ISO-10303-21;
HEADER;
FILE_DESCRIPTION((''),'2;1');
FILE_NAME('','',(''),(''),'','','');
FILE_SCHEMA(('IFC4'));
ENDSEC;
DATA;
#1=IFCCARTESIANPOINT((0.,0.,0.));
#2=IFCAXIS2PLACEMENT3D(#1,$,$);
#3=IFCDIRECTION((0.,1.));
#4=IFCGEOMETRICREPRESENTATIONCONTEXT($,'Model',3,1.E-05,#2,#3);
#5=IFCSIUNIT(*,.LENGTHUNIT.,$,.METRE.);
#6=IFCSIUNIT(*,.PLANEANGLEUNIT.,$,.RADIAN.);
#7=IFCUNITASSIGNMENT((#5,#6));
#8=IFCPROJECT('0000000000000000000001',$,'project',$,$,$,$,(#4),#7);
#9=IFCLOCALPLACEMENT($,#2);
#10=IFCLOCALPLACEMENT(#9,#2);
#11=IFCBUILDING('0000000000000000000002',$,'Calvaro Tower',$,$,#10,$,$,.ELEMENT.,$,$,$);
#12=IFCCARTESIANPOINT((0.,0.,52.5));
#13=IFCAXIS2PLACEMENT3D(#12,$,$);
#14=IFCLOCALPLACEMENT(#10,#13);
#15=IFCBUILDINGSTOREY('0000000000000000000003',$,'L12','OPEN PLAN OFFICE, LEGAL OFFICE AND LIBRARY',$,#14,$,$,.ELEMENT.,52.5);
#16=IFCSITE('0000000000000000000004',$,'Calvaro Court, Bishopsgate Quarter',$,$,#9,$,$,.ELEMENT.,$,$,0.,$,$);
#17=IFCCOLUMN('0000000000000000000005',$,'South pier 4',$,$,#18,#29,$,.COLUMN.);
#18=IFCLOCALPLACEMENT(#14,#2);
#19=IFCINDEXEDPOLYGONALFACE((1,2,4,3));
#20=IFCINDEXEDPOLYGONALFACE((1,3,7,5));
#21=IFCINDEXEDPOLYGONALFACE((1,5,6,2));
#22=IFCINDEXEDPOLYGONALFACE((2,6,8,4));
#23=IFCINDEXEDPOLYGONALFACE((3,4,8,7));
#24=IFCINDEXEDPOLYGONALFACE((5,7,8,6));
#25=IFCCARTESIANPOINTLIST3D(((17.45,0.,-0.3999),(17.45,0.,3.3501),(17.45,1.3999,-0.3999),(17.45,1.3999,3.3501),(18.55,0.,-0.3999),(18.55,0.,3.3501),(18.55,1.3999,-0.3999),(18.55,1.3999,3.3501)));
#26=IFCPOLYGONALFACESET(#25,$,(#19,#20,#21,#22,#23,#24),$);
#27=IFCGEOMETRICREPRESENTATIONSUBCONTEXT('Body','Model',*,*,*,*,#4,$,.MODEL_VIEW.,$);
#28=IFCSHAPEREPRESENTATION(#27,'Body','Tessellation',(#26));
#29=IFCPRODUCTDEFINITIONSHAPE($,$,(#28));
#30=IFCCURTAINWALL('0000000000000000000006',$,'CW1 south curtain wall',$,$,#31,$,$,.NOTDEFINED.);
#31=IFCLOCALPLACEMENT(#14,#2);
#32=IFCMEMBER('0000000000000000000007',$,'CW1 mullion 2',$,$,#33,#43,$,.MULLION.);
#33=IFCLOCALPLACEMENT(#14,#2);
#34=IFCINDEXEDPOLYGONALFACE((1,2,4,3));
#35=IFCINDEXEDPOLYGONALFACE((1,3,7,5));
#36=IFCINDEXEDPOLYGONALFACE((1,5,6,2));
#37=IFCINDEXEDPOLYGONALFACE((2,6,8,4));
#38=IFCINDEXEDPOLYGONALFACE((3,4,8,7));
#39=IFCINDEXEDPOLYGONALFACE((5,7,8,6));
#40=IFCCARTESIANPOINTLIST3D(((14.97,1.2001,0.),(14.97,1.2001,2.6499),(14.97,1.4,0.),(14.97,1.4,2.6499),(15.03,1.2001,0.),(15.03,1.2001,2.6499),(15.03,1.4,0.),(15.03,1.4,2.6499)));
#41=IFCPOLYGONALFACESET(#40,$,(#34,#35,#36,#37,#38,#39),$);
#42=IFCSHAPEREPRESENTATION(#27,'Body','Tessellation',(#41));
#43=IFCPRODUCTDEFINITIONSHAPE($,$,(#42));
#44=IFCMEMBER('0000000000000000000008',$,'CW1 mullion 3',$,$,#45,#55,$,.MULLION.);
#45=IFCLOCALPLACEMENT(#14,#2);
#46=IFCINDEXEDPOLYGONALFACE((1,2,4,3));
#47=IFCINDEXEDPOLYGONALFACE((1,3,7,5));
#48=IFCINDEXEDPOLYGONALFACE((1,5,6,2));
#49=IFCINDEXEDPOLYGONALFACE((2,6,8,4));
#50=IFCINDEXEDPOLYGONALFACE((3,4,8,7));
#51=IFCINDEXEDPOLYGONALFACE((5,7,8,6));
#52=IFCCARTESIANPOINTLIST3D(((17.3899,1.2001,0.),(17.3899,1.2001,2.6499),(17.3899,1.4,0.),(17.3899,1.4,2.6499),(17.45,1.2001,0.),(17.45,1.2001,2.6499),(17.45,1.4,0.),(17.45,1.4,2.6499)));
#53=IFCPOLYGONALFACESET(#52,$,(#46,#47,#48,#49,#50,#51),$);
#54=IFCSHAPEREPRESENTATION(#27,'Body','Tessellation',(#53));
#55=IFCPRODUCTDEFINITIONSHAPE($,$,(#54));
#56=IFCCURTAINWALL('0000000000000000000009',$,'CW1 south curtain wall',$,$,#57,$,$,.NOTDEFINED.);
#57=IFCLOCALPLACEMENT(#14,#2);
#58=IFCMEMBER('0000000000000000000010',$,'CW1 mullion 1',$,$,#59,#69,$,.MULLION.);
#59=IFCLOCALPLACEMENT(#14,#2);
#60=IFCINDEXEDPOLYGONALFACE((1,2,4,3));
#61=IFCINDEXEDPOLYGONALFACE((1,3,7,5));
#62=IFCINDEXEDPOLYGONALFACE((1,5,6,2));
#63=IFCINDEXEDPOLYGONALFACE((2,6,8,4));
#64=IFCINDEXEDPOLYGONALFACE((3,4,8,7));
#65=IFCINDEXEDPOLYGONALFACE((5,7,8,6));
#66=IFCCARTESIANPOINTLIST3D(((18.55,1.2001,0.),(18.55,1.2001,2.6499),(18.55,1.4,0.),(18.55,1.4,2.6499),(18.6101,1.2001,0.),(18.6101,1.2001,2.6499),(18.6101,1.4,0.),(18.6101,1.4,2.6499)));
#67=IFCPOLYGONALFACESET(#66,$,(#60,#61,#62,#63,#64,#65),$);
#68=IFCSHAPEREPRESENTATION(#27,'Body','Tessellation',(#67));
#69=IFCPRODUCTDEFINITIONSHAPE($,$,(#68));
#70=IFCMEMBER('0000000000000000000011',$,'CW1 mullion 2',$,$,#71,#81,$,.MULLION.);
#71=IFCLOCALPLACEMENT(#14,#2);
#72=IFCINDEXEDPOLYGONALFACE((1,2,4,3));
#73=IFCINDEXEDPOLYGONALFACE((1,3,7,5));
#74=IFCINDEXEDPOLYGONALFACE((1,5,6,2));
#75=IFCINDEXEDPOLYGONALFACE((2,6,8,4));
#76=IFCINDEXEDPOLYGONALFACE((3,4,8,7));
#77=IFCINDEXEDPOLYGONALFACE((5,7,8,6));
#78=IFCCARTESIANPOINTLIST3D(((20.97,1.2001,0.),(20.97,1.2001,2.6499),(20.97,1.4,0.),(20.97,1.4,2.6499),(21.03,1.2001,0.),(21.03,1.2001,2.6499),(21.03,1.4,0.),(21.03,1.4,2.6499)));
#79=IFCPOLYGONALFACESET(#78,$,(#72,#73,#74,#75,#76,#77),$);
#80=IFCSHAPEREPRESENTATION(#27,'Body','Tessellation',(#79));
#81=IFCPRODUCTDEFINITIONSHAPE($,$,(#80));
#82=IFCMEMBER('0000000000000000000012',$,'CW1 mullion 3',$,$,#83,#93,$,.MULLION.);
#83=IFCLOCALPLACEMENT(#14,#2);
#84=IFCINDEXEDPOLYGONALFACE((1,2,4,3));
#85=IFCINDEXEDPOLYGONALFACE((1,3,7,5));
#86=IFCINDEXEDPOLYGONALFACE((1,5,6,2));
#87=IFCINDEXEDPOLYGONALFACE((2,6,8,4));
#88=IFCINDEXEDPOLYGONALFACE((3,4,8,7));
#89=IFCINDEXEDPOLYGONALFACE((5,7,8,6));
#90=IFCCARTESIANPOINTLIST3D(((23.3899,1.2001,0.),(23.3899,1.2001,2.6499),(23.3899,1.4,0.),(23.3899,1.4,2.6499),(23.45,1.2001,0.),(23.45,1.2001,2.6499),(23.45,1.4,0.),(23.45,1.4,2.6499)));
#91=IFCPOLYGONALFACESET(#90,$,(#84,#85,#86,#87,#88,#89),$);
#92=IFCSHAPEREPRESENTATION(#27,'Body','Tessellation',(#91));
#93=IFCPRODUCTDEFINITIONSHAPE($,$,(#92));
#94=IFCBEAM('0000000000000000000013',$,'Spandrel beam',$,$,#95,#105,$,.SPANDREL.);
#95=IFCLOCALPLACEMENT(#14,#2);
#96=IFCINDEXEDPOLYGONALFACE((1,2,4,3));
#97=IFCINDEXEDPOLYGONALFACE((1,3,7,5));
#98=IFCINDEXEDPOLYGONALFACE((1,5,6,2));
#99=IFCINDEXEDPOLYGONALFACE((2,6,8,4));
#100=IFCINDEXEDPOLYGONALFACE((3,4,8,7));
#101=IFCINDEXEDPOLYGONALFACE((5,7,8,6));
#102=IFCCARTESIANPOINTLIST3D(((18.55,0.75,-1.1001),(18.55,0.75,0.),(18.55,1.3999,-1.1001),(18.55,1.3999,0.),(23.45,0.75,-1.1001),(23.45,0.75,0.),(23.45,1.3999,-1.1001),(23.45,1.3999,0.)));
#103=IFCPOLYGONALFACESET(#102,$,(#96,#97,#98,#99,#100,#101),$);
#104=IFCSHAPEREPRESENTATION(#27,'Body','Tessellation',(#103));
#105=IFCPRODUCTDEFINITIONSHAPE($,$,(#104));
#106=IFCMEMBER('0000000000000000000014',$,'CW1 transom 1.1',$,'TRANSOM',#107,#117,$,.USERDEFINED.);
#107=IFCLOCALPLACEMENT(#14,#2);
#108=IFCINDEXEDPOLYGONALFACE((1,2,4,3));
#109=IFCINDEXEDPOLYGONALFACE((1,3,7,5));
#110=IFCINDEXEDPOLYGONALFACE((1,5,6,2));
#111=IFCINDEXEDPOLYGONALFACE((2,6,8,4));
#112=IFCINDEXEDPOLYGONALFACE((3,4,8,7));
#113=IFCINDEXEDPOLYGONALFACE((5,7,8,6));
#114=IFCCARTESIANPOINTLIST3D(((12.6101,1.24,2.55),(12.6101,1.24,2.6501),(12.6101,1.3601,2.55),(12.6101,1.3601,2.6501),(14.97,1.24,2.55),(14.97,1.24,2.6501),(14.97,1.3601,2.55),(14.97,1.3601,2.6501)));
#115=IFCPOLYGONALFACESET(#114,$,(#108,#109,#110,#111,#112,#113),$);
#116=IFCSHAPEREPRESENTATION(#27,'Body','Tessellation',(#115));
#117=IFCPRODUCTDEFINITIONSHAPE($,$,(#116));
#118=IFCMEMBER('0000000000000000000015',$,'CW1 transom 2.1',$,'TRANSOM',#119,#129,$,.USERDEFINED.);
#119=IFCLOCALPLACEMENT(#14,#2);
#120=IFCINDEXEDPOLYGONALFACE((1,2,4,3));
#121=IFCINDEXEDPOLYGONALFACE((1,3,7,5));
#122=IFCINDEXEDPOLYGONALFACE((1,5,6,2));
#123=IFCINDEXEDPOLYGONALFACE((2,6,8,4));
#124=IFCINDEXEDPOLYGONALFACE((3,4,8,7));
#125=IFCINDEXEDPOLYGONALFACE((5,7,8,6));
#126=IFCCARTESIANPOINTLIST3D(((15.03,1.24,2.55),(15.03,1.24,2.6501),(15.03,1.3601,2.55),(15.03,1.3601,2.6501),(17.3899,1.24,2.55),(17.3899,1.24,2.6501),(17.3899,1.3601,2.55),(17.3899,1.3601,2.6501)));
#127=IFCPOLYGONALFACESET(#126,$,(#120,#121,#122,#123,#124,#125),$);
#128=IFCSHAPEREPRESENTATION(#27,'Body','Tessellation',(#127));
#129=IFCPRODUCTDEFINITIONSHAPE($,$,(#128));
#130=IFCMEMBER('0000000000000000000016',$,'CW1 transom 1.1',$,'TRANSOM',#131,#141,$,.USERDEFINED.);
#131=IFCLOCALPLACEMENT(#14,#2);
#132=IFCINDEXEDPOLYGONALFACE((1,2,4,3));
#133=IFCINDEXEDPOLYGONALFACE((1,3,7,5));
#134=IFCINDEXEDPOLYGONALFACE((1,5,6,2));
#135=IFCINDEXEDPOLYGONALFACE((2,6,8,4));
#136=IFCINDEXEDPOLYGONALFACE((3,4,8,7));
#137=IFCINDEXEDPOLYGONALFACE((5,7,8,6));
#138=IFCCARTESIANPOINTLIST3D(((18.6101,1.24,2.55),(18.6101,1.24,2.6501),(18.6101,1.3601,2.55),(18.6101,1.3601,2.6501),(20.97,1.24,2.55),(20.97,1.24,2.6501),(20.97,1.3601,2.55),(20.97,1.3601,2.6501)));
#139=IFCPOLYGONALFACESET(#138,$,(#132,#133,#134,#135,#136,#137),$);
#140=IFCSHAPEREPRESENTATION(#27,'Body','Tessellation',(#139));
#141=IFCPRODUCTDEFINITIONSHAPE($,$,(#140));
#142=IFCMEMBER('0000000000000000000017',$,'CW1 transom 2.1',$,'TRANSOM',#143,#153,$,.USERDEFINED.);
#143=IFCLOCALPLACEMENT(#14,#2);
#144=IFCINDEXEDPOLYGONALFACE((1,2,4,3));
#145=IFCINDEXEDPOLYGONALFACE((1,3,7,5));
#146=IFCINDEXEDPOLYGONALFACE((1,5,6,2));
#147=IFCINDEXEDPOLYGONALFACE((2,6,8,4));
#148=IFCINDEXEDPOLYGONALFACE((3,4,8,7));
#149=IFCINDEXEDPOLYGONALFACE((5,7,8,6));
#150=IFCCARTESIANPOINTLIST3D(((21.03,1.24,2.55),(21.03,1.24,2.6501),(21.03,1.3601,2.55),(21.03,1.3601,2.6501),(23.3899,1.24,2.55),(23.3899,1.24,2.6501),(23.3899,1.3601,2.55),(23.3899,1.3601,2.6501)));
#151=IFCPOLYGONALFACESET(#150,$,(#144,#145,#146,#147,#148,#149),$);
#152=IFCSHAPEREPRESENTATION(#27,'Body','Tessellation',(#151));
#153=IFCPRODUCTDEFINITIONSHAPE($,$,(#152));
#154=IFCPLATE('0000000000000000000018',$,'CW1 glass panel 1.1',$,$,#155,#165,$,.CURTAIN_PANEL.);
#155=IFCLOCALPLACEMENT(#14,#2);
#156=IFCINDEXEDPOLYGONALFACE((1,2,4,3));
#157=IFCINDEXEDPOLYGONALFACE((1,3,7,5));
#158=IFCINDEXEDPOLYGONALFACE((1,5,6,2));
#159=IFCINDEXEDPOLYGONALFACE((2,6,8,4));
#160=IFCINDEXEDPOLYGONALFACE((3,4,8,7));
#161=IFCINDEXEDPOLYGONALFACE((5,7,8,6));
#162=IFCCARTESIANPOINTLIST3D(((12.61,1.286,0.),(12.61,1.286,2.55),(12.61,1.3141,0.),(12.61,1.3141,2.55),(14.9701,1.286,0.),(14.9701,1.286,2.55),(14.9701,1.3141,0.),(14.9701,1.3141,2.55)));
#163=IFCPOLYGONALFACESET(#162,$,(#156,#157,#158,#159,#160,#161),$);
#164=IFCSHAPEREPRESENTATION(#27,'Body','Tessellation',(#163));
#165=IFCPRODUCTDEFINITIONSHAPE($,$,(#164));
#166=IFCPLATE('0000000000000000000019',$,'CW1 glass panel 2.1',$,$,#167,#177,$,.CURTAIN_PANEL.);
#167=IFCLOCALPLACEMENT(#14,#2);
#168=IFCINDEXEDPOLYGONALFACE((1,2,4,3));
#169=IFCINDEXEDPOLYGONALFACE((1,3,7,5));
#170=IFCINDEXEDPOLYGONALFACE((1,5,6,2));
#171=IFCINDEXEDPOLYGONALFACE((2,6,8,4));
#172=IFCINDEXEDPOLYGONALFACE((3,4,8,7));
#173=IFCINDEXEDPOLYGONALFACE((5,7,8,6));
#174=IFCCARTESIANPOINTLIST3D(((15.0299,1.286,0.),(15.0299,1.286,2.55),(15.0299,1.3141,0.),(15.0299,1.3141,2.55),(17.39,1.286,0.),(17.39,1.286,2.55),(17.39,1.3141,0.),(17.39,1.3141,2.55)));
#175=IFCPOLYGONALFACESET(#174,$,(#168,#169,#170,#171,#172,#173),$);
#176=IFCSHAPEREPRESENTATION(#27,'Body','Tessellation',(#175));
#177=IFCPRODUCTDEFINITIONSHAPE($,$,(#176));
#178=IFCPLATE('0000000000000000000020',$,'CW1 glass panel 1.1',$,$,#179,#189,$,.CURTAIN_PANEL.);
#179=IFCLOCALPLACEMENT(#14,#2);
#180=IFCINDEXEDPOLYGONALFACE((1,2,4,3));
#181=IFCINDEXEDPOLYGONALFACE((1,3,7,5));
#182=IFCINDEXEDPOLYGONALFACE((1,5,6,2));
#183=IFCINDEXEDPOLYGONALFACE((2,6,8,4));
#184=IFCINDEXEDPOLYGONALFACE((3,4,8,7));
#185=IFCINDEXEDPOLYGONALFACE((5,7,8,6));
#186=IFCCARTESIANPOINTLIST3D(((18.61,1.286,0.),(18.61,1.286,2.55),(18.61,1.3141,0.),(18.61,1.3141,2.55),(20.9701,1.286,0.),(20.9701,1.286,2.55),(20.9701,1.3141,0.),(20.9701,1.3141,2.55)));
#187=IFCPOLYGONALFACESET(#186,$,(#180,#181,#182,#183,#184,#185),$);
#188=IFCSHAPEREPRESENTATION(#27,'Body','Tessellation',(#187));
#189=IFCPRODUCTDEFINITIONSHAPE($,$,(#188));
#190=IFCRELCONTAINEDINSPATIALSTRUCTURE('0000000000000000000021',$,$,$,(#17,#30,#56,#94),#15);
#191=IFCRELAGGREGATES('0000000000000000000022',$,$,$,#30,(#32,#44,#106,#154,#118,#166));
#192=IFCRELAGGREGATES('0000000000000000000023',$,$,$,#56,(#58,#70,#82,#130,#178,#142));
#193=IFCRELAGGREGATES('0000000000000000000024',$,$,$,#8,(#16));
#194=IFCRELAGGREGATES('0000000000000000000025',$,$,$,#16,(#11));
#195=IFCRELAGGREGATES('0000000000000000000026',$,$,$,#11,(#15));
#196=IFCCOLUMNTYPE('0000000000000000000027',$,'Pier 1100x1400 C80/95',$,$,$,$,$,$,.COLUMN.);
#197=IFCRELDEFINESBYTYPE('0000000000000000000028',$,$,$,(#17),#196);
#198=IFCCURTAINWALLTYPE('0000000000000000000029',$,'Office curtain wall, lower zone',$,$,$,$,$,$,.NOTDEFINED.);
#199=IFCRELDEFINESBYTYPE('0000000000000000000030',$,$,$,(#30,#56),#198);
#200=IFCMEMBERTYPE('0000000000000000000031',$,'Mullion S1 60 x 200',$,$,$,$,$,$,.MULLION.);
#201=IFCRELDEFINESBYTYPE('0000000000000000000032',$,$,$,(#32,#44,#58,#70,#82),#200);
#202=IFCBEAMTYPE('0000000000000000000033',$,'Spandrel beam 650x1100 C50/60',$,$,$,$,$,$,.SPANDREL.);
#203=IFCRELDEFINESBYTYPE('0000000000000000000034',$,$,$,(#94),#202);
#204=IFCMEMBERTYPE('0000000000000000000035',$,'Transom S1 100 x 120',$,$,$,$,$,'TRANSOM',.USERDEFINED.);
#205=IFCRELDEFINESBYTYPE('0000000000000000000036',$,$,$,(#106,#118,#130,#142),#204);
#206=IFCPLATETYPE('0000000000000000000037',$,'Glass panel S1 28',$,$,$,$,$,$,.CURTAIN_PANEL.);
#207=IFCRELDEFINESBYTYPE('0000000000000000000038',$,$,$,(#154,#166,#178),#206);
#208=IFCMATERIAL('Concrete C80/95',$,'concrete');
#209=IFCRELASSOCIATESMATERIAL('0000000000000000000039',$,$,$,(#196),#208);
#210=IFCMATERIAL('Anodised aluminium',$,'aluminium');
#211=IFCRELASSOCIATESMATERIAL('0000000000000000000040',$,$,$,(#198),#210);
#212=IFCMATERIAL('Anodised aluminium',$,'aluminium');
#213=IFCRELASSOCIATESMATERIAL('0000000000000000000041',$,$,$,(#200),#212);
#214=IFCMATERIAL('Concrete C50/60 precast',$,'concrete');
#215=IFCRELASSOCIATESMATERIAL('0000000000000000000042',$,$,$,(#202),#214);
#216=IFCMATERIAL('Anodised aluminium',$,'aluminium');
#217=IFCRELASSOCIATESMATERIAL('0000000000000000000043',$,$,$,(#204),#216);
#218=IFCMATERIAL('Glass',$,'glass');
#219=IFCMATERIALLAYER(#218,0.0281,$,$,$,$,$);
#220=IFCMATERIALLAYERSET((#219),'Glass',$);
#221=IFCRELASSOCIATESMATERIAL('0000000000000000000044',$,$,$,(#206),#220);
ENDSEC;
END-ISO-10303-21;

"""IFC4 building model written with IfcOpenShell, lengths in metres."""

from ifc_helpers import new_model, si_unit, direction, frame, origin, origin_2d, place, context, subcontext, project, spatial, rectangle, extrude, material, layer, layer_set, material_profile, profile_set, type_object, element, aggregate, save


model = new_model("IFC4")

# Units and contexts
model_context = context("Model", 3, precision=1e-05, world=origin(), true_north=direction((0.0, 1.0)))
body_context = subcontext(model_context, "Body", "Model", "MODEL_VIEW")
ifc_project = project(units=[si_unit("LENGTHUNIT", "METRE"), si_unit("PLANEANGLEUNIT", "RADIAN")], contexts=[model_context])

# Site, building, storey
site_placement = place(None, origin())
site = spatial("IfcSite", under=ifc_project, at=site_placement, Name="Calvaro Court, Bishopsgate Quarter", CompositionType="ELEMENT", RefElevation=0.0)
building_placement = place(site_placement, origin())
building = spatial("IfcBuilding", under=site, at=building_placement, Name="Calvaro Tower", CompositionType="ELEMENT")
storey_placement = place(building_placement, frame((0.0, 0.0, 52.5)))
storey = spatial("IfcBuildingStorey", under=building, at=storey_placement, Name="L12", Description="OPEN PLAN OFFICE, LEGAL OFFICE AND LIBRARY", CompositionType="ELEMENT", Elevation=52.5)

# Column
ifc_material_1 = material(Name="Concrete C80/95", Category="concrete")
ifc_material_profile_1 = material_profile(ifc_material_1, rectangle(XDim=1.1001, YDim=1.3999, at=origin_2d()), Name="RC 1100x1400")
ifc_profile_set_1 = profile_set([ifc_material_profile_1], Name="Concrete C80/95")
column_type = type_object("IfcColumnType", Name="Pier 1100x1400 C80/95", PredefinedType="COLUMN", material=ifc_profile_set_1)
column_placement = place(storey_placement, frame((18.0, 0.7, -0.3999), z_axis=(0.0, 0.0, 1.0), x_axis=(1.0, 0.0, 0.0)))
element("IfcColumn", 1, at=column_placement, inside=storey, type_object=column_type, Name="South pier 4", PredefinedType="COLUMN", context=body_context, shape_type="SweptSolid", body=[
    extrude(rectangle(XDim=1.1001, YDim=1.3999, at=origin_2d()), origin(), (0.0, 0.0, 1.0), 3.75),
])

# Curtain walls, members
ifc_material_2 = material(Name="Anodised aluminium", Category="aluminium")
curtain_wall_type = type_object("IfcCurtainWallType", Name="Office curtain wall, lower zone", PredefinedType="NOTDEFINED", material=ifc_material_2)
curtain_wall_1_placement = place(storey_placement, origin())
curtain_wall_1 = element("IfcCurtainWall", 2, at=curtain_wall_1_placement, inside=storey, type_object=curtain_wall_type, Name="CW1 south curtain wall", PredefinedType="NOTDEFINED")
ifc_material_3 = material(Name="Anodised aluminium", Category="aluminium")
ifc_material_profile_2 = material_profile(ifc_material_3, rectangle(XDim=0.2, YDim=0.0601, at=origin_2d()), Name="Mullion S1 60 x 200")
ifc_profile_set_2 = profile_set([ifc_material_profile_2], Name="Anodised aluminium")
member_type_1 = type_object("IfcMemberType", Name="Mullion S1 60 x 200", PredefinedType="MULLION", material=ifc_profile_set_2)
member_1_placement = place(storey_placement, frame((15.0, 1.3, 0.0), z_axis=(0.0, 0.0, 1.0), x_axis=(0.0, 1.0, 0.0)))
member_1 = element("IfcMember", 3, at=member_1_placement, type_object=member_type_1, Name="CW1 mullion 2", PredefinedType="MULLION", context=body_context, shape_type="SweptSolid", body=[
    extrude(rectangle(XDim=0.2, YDim=0.0601, at=origin_2d()), origin(), (0.0, 0.0, 1.0), 2.6499),
])
member_2_placement = place(storey_placement, frame((17.4199, 1.3, 0.0), z_axis=(0.0, 0.0, 1.0), x_axis=(0.0, 1.0, 0.0)))
member_2 = element("IfcMember", 4, at=member_2_placement, type_object=member_type_1, Name="CW1 mullion 3", PredefinedType="MULLION", context=body_context, shape_type="SweptSolid", body=[
    extrude(rectangle(XDim=0.2, YDim=0.0601, at=origin_2d()), origin(), (0.0, 0.0, 1.0), 2.6499),
])
curtain_wall_2_placement = place(storey_placement, origin())
curtain_wall_2 = element("IfcCurtainWall", 5, at=curtain_wall_2_placement, inside=storey, type_object=curtain_wall_type, Name="CW1 south curtain wall", PredefinedType="NOTDEFINED")
member_3_placement = place(storey_placement, frame((18.5801, 1.3, 0.0), z_axis=(0.0, 0.0, 1.0), x_axis=(0.0, 1.0, 0.0)))
member_3 = element("IfcMember", 6, at=member_3_placement, type_object=member_type_1, Name="CW1 mullion 1", PredefinedType="MULLION", context=body_context, shape_type="SweptSolid", body=[
    extrude(rectangle(XDim=0.2, YDim=0.0601, at=origin_2d()), origin(), (0.0, 0.0, 1.0), 2.6499),
])
member_4_placement = place(storey_placement, frame((21.0, 1.3, 0.0), z_axis=(0.0, 0.0, 1.0), x_axis=(0.0, 1.0, 0.0)))
member_4 = element("IfcMember", 7, at=member_4_placement, type_object=member_type_1, Name="CW1 mullion 2", PredefinedType="MULLION", context=body_context, shape_type="SweptSolid", body=[
    extrude(rectangle(XDim=0.2, YDim=0.0601, at=origin_2d()), origin(), (0.0, 0.0, 1.0), 2.6499),
])
member_5_placement = place(storey_placement, frame((23.4199, 1.3, 0.0), z_axis=(0.0, 0.0, 1.0), x_axis=(0.0, 1.0, 0.0)))
member_5 = element("IfcMember", 8, at=member_5_placement, type_object=member_type_1, Name="CW1 mullion 3", PredefinedType="MULLION", context=body_context, shape_type="SweptSolid", body=[
    extrude(rectangle(XDim=0.2, YDim=0.0601, at=origin_2d()), origin(), (0.0, 0.0, 1.0), 2.6499),
])

# Beam
ifc_material_4 = material(Name="Concrete C50/60 precast", Category="concrete")
ifc_material_profile_3 = material_profile(ifc_material_4, rectangle(XDim=0.6499, YDim=1.1001, at=origin_2d()), Name="RC 650x1100")
ifc_profile_set_3 = profile_set([ifc_material_profile_3], Name="Concrete C50/60 precast")
beam_type = type_object("IfcBeamType", Name="Spandrel beam 650x1100 C50/60", PredefinedType="SPANDREL", material=ifc_profile_set_3)
beam_placement = place(storey_placement, frame((18.55, 1.075, -0.55), z_axis=(1.0, 0.0, 0.0), x_axis=(0.0, 1.0, 0.0)))
element("IfcBeam", 9, at=beam_placement, inside=storey, type_object=beam_type, Name="Spandrel beam", PredefinedType="SPANDREL", context=body_context, shape_type="SweptSolid", body=[
    extrude(rectangle(XDim=0.6499, YDim=1.1001, at=origin_2d()), origin(), (0.0, 0.0, 1.0), 4.8999),
])

# Members
ifc_material_5 = material(Name="Anodised aluminium", Category="aluminium")
ifc_material_profile_4 = material_profile(ifc_material_5, rectangle(XDim=0.1201, YDim=0.1001, at=origin_2d()), Name="Transom S1 100 x 120")
ifc_profile_set_4 = profile_set([ifc_material_profile_4], Name="Anodised aluminium")
member_type_2 = type_object("IfcMemberType", Name="Transom S1 100 x 120", ElementType="TRANSOM", PredefinedType="USERDEFINED", material=ifc_profile_set_4)
member_6_placement = place(storey_placement, frame((12.6101, 1.3, 2.6001), z_axis=(1.0, 0.0, 0.0), x_axis=(0.0, 1.0, 0.0)))
member_6 = element("IfcMember", 10, at=member_6_placement, type_object=member_type_2, Name="CW1 transom 1.1", ObjectType="TRANSOM", PredefinedType="USERDEFINED", context=body_context, shape_type="SweptSolid", body=[
    extrude(rectangle(XDim=0.1201, YDim=0.1001, at=origin_2d()), origin(), (0.0, 0.0, 1.0), 2.3599),
])
member_7_placement = place(storey_placement, frame((15.03, 1.3, 2.6001), z_axis=(1.0, 0.0, 0.0), x_axis=(0.0, 1.0, 0.0)))
member_7 = element("IfcMember", 11, at=member_7_placement, type_object=member_type_2, Name="CW1 transom 2.1", ObjectType="TRANSOM", PredefinedType="USERDEFINED", context=body_context, shape_type="SweptSolid", body=[
    extrude(rectangle(XDim=0.1201, YDim=0.1001, at=origin_2d()), origin(), (0.0, 0.0, 1.0), 2.3599),
])
member_8_placement = place(storey_placement, frame((18.6101, 1.3, 2.6001), z_axis=(1.0, 0.0, 0.0), x_axis=(0.0, 1.0, 0.0)))
member_8 = element("IfcMember", 12, at=member_8_placement, type_object=member_type_2, Name="CW1 transom 1.1", ObjectType="TRANSOM", PredefinedType="USERDEFINED", context=body_context, shape_type="SweptSolid", body=[
    extrude(rectangle(XDim=0.1201, YDim=0.1001, at=origin_2d()), origin(), (0.0, 0.0, 1.0), 2.3599),
])
member_9_placement = place(storey_placement, frame((21.03, 1.3, 2.6001), z_axis=(1.0, 0.0, 0.0), x_axis=(0.0, 1.0, 0.0)))
member_9 = element("IfcMember", 13, at=member_9_placement, type_object=member_type_2, Name="CW1 transom 2.1", ObjectType="TRANSOM", PredefinedType="USERDEFINED", context=body_context, shape_type="SweptSolid", body=[
    extrude(rectangle(XDim=0.1201, YDim=0.1001, at=origin_2d()), origin(), (0.0, 0.0, 1.0), 2.3599),
])

# Plates
ifc_material_6 = material(Name="Glass", Category="glass")
ifc_layer = layer(ifc_material_6, 0.0281)
ifc_layer_set = layer_set([ifc_layer], Name="Glass")
plate_type = type_object("IfcPlateType", Name="Glass panel S1 28", PredefinedType="CURTAIN_PANEL", material=ifc_layer_set)
plate_1_placement = place(storey_placement, frame((13.79, 1.3, 0.0), z_axis=(0.0, 0.0, 1.0), x_axis=(1.0, 0.0, 0.0)))
plate_1 = element("IfcPlate", 14, at=plate_1_placement, type_object=plate_type, Name="CW1 glass panel 1.1", PredefinedType="CURTAIN_PANEL", context=body_context, shape_type="SweptSolid", body=[
    extrude(rectangle(XDim=2.3601, YDim=0.0281, at=origin_2d()), origin(), (0.0, 0.0, 1.0), 2.55),
])
plate_2_placement = place(storey_placement, frame((16.21, 1.3, 0.0), z_axis=(0.0, 0.0, 1.0), x_axis=(1.0, 0.0, 0.0)))
plate_2 = element("IfcPlate", 15, at=plate_2_placement, type_object=plate_type, Name="CW1 glass panel 2.1", PredefinedType="CURTAIN_PANEL", context=body_context, shape_type="SweptSolid", body=[
    extrude(rectangle(XDim=2.3601, YDim=0.0281, at=origin_2d()), origin(), (0.0, 0.0, 1.0), 2.55),
])
aggregate(curtain_wall_1, [member_1, member_2, member_6, plate_1, member_7, plate_2])
plate_3_placement = place(storey_placement, frame((19.79, 1.3, 0.0), z_axis=(0.0, 0.0, 1.0), x_axis=(1.0, 0.0, 0.0)))
plate_3 = element("IfcPlate", 16, at=plate_3_placement, type_object=plate_type, Name="CW1 glass panel 1.1", PredefinedType="CURTAIN_PANEL", context=body_context, shape_type="SweptSolid", body=[
    extrude(rectangle(XDim=2.3601, YDim=0.0281, at=origin_2d()), origin(), (0.0, 0.0, 1.0), 2.55),
])
aggregate(curtain_wall_2, [member_3, member_4, member_5, member_8, plate_3, member_9])

save(model, "model.ifc")
